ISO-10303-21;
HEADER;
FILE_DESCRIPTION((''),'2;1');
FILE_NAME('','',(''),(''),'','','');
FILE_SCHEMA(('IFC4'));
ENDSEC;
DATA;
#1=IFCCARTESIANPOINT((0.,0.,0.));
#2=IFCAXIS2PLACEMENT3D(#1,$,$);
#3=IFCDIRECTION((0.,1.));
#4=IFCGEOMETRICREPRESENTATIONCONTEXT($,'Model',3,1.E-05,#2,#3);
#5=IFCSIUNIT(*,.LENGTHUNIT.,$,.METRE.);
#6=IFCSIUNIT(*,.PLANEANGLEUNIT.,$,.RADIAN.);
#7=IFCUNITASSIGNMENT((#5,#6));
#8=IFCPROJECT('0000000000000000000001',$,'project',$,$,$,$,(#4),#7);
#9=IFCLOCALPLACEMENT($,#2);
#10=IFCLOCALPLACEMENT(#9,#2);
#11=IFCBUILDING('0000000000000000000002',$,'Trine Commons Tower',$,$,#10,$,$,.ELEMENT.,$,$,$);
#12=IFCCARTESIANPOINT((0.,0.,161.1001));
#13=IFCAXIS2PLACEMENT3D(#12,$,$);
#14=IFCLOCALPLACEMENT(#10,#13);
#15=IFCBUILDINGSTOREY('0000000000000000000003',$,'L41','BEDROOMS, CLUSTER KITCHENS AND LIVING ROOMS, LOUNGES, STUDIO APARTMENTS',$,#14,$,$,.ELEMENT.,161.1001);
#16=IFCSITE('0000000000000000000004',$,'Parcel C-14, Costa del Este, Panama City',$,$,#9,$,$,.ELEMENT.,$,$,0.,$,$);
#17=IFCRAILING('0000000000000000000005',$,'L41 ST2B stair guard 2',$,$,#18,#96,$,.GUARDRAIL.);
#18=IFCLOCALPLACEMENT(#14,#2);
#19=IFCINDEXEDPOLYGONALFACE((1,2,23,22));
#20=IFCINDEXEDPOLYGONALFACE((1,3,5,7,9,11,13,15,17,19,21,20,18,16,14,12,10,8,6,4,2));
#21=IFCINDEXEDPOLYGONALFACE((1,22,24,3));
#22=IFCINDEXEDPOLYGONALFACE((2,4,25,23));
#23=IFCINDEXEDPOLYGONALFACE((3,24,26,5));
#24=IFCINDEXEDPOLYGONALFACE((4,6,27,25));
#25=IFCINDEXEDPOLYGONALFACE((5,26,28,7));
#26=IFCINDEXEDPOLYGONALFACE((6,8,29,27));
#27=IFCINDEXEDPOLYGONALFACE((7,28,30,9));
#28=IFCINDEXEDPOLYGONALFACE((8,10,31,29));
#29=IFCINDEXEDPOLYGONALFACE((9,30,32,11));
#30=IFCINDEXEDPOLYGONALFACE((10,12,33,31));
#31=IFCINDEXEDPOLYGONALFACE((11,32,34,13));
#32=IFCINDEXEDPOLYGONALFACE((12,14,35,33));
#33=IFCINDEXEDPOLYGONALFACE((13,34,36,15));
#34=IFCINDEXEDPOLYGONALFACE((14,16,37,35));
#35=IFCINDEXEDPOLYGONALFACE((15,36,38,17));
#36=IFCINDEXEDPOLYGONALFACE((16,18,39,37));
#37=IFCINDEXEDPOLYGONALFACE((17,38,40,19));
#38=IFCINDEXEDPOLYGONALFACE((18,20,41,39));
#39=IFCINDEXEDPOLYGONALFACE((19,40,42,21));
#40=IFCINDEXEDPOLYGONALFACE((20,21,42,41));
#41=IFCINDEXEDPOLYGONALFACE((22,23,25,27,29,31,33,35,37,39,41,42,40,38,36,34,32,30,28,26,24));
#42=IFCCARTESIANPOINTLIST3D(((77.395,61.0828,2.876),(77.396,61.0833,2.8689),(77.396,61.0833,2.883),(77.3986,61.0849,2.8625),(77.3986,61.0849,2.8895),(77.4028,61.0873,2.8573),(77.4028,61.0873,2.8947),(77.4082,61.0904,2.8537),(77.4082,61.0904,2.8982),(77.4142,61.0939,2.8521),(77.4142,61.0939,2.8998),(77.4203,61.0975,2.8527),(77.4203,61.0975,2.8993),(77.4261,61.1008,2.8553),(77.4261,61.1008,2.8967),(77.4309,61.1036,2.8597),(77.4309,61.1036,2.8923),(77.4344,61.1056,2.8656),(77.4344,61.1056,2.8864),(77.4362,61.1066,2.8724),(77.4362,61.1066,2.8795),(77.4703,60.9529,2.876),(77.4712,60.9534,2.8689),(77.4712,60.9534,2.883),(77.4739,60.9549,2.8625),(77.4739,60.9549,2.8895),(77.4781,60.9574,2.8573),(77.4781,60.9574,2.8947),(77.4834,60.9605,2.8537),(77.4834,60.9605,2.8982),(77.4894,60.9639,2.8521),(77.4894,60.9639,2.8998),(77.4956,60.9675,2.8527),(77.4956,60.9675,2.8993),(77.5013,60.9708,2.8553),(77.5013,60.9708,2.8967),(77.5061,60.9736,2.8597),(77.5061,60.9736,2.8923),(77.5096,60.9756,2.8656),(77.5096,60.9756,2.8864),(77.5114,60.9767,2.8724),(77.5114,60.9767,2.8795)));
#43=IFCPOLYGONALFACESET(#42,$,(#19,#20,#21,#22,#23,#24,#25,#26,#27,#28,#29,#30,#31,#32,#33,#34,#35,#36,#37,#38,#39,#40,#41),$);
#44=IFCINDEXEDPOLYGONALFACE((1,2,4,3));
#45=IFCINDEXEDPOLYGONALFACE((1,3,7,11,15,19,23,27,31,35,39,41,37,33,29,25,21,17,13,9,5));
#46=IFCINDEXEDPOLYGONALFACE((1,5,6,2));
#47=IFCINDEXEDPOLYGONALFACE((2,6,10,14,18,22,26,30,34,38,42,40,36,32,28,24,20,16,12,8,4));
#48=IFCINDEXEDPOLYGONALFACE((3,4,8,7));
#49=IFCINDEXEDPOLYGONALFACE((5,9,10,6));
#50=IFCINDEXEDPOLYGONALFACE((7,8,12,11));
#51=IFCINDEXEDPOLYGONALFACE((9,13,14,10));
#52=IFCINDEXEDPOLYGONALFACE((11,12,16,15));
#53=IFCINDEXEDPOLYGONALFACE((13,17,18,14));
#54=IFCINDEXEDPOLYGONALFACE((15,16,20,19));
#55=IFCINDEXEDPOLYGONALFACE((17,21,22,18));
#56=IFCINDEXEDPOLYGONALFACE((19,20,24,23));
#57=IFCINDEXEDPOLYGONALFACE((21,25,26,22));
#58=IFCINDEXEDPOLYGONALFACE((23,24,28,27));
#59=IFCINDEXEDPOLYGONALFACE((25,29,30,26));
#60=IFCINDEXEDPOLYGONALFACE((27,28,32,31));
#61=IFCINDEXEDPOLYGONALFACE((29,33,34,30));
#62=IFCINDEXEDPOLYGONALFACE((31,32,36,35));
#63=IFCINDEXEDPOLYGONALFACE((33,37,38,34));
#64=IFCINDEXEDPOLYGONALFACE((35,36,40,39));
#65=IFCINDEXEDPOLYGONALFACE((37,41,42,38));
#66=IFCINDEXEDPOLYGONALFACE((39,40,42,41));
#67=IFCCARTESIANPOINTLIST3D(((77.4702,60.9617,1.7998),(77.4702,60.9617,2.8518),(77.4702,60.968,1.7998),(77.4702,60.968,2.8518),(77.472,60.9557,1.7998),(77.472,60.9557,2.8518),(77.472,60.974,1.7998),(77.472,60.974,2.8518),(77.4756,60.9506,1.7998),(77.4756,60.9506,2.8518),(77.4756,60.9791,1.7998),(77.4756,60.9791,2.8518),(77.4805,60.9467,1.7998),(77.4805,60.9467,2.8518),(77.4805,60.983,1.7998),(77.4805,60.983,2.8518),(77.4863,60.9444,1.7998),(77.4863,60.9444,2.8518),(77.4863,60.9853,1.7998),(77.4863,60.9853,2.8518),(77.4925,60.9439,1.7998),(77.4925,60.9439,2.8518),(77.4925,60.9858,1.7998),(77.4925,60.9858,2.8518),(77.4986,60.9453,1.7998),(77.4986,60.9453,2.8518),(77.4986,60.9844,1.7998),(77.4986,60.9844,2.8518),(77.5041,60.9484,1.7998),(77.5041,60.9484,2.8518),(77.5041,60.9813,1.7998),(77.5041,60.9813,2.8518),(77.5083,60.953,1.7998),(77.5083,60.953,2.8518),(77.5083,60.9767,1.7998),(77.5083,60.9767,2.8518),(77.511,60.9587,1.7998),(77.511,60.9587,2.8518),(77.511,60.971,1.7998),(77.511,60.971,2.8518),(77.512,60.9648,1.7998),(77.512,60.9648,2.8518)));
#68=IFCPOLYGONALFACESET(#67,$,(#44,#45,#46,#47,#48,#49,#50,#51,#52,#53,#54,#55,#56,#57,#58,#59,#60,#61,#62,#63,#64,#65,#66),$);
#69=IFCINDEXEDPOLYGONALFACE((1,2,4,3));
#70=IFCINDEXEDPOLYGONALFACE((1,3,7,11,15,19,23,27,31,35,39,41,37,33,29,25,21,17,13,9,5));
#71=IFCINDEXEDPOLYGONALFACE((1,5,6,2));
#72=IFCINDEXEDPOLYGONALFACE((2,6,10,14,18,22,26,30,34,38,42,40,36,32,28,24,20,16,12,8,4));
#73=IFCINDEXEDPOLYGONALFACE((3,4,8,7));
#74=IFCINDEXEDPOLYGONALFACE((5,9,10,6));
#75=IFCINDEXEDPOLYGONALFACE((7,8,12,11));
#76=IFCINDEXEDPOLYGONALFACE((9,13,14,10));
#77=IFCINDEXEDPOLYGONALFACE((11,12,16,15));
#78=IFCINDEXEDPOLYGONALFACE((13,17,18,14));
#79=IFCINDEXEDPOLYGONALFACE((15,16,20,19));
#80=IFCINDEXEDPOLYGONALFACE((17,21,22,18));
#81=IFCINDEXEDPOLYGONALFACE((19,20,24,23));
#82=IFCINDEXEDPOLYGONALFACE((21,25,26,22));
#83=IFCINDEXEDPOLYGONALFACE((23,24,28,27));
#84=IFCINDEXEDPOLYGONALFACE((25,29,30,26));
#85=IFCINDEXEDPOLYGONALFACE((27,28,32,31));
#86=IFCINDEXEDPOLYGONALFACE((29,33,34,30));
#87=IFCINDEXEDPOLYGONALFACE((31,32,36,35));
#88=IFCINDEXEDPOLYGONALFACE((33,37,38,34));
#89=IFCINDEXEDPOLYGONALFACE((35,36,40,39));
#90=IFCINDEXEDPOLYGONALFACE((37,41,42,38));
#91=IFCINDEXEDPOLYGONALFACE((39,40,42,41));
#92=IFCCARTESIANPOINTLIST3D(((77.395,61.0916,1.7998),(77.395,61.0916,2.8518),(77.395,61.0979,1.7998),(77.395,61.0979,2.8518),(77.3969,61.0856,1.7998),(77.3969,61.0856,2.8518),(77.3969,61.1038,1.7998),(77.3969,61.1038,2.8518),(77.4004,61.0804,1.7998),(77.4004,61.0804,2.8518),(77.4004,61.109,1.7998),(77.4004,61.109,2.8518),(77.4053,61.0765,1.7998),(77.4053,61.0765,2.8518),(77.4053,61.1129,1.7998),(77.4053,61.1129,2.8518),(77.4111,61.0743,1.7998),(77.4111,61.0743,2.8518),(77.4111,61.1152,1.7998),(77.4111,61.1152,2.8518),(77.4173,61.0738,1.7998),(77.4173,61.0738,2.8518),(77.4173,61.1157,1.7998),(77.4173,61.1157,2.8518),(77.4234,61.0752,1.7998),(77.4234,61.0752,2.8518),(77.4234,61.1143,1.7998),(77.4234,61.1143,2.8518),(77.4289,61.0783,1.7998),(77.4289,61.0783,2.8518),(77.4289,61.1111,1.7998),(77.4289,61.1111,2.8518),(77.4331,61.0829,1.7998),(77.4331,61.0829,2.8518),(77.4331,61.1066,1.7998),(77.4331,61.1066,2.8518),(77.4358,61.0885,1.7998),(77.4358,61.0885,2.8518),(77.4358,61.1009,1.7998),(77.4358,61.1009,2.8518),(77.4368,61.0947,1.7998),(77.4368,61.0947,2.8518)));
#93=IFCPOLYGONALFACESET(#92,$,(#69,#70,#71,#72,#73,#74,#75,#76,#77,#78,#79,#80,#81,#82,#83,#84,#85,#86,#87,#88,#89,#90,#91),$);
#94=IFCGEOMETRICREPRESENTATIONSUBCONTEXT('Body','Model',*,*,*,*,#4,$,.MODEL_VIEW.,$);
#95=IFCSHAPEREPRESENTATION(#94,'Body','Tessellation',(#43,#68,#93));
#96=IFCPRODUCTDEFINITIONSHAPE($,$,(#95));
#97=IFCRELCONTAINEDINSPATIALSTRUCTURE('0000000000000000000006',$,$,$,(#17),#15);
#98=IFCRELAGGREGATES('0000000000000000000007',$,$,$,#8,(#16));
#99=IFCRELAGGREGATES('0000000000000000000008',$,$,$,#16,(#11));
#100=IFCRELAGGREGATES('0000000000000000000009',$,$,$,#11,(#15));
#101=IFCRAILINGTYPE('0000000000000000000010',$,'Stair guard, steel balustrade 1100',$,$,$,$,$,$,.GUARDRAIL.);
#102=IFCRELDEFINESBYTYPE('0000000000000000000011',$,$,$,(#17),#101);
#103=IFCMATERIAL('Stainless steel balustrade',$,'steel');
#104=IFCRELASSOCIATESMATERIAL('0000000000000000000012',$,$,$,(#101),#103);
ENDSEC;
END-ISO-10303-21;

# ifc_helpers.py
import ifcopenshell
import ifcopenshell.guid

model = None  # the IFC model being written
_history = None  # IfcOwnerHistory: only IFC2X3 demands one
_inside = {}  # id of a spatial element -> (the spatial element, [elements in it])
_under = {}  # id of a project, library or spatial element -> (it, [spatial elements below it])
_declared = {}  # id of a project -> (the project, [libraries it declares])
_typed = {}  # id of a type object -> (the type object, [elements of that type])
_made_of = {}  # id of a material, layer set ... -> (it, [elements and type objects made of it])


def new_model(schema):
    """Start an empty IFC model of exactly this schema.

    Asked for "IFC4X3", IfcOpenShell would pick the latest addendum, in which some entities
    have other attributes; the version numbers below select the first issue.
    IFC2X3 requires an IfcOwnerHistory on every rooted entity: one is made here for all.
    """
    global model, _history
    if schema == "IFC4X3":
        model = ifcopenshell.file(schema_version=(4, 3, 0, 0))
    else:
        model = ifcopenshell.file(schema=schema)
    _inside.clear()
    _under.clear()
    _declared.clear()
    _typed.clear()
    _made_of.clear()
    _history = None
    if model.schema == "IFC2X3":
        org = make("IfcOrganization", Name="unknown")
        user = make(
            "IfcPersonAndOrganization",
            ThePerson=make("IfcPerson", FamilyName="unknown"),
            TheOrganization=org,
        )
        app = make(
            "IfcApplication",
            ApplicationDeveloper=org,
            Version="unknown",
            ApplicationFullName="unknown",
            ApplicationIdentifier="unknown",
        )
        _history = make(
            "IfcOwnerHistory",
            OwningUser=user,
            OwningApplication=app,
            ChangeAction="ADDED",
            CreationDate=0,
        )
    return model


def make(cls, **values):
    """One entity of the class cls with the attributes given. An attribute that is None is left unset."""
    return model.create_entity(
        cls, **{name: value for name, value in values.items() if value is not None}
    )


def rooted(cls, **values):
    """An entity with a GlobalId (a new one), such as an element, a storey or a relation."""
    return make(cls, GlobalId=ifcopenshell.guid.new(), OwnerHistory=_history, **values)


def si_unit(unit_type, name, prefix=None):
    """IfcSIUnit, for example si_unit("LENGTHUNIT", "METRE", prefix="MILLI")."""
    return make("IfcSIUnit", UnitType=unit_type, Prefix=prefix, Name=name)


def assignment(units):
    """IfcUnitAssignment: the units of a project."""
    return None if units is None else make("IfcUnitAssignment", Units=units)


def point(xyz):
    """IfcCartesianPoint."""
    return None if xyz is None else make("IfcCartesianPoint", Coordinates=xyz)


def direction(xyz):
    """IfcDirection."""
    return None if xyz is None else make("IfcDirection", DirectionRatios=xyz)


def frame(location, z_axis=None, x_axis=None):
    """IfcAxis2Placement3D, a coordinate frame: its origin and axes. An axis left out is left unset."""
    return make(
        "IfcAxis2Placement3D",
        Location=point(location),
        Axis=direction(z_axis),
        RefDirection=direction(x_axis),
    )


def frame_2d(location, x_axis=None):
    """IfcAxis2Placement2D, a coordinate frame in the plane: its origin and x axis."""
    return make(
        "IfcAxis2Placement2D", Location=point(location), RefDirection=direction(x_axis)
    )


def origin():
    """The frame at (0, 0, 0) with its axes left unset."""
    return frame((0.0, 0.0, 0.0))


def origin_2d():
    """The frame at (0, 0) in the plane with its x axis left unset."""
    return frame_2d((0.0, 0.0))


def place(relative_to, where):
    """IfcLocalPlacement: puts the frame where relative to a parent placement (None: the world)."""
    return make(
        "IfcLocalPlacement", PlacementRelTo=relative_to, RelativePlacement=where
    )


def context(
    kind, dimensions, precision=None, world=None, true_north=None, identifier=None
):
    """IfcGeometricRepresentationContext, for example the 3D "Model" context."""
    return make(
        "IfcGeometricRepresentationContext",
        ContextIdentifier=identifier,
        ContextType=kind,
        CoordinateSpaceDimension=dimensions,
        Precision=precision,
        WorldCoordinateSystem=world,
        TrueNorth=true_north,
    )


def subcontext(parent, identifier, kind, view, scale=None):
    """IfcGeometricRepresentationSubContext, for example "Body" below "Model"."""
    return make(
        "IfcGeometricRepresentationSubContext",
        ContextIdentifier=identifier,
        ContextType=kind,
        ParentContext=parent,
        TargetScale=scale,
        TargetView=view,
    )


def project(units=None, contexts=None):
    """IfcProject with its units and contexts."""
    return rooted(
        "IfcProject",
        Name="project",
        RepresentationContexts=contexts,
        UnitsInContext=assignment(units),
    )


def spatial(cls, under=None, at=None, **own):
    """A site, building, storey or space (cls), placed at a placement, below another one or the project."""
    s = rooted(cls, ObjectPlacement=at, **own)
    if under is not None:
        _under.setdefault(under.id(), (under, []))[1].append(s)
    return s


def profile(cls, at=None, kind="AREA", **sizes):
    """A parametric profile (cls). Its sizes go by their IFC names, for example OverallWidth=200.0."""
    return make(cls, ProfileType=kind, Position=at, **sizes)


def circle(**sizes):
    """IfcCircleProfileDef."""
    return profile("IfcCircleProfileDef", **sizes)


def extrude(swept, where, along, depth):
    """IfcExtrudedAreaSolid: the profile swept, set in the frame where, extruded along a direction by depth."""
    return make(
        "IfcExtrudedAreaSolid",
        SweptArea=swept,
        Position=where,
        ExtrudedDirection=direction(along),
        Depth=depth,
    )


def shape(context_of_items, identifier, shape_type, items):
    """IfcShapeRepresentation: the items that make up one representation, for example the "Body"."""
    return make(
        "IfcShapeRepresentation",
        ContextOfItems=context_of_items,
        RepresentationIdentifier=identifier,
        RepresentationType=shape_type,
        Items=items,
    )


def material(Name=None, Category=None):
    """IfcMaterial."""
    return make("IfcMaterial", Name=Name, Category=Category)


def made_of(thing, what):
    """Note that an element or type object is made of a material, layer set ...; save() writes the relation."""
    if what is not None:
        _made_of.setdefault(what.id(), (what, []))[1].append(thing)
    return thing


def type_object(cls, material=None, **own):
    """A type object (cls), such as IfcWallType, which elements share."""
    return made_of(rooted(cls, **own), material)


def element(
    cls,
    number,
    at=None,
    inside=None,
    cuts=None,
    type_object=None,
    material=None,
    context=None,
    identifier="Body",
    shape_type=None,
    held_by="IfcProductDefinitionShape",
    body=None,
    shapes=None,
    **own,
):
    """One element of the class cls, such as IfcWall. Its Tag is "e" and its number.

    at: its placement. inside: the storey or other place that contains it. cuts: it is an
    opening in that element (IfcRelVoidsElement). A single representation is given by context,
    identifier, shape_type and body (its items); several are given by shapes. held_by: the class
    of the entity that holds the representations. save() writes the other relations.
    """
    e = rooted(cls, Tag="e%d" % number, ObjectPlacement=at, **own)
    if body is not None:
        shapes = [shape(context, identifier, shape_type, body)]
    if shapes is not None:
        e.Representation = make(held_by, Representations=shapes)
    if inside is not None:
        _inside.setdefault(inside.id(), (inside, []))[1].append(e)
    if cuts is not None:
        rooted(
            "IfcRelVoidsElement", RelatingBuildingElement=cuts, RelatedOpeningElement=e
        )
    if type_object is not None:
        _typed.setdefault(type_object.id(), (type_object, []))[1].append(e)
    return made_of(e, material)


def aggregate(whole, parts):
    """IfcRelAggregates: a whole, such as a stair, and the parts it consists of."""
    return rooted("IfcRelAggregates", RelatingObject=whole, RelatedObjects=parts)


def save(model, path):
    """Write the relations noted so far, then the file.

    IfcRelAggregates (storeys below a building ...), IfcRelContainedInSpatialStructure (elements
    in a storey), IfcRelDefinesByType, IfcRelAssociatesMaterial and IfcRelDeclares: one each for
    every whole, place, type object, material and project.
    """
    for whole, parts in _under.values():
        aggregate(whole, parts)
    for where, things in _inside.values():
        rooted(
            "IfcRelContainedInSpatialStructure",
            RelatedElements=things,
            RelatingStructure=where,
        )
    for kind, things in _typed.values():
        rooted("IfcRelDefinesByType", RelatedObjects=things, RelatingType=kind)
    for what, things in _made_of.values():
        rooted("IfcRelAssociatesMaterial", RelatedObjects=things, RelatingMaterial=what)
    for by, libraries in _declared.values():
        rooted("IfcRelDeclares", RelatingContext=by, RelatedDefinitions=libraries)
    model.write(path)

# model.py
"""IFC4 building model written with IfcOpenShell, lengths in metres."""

from ifc_helpers import new_model, si_unit, direction, frame, origin, origin_2d, place, context, subcontext, project, spatial, circle, extrude, material, type_object, element, save


model = new_model("IFC4")

# Units and contexts
model_context = context("Model", 3, precision=1e-05, world=origin(), true_north=direction((0.0, 1.0)))
body_context = subcontext(model_context, "Body", "Model", "MODEL_VIEW")
ifc_project = project(units=[si_unit("LENGTHUNIT", "METRE"), si_unit("PLANEANGLEUNIT", "RADIAN")], contexts=[model_context])

# Site, building, storey
site_placement = place(None, origin())
site = spatial("IfcSite", under=ifc_project, at=site_placement, Name="Parcel C-14, Costa del Este, Panama City", CompositionType="ELEMENT", RefElevation=0.0)
building_placement = place(site_placement, origin())
building = spatial("IfcBuilding", under=site, at=building_placement, Name="Trine Commons Tower", CompositionType="ELEMENT")
storey_placement = place(building_placement, frame((0.0, 0.0, 161.1001)))
storey = spatial("IfcBuildingStorey", under=building, at=storey_placement, Name="L41", Description="BEDROOMS, CLUSTER KITCHENS AND LIVING ROOMS, LOUNGES, STUDIO APARTMENTS", CompositionType="ELEMENT", Elevation=161.1001)

# Railing
ifc_material_1 = material(Name="Stainless steel balustrade", Category="steel")
railing_type_1 = type_object("IfcRailingType", Name="Stair guard, steel balustrade 1100", PredefinedType="GUARDRAIL", material=ifc_material_1)
railing_1_placement = place(storey_placement, frame((77.491, 60.9648, 1.7998)))
element("IfcRailing", 1, at=railing_1_placement, inside=storey, type_object=railing_type_1, Name="L41 ST2B stair guard 2", PredefinedType="GUARDRAIL", context=body_context, shape_type="SweptSolid", body=[
    extrude(circle(Radius=0.0239, at=origin_2d()), frame((0.0, 0.0, 1.0762), z_axis=(-0.501036, 0.865426, 0.0), x_axis=(-0.865426, -0.501036, 0.0)), (0.0, 0.0, 1.0), 0.1501),
    extrude(circle(Radius=0.021, at=origin_2d()), origin(), (0.0, 0.0, 1.0), 1.052),
    extrude(circle(Radius=0.021, at=origin_2d()), frame((-0.0752, 0.1299, 0.0)), (0.0, 0.0, 1.0), 1.052),
])

save(model, "model.ifc")
